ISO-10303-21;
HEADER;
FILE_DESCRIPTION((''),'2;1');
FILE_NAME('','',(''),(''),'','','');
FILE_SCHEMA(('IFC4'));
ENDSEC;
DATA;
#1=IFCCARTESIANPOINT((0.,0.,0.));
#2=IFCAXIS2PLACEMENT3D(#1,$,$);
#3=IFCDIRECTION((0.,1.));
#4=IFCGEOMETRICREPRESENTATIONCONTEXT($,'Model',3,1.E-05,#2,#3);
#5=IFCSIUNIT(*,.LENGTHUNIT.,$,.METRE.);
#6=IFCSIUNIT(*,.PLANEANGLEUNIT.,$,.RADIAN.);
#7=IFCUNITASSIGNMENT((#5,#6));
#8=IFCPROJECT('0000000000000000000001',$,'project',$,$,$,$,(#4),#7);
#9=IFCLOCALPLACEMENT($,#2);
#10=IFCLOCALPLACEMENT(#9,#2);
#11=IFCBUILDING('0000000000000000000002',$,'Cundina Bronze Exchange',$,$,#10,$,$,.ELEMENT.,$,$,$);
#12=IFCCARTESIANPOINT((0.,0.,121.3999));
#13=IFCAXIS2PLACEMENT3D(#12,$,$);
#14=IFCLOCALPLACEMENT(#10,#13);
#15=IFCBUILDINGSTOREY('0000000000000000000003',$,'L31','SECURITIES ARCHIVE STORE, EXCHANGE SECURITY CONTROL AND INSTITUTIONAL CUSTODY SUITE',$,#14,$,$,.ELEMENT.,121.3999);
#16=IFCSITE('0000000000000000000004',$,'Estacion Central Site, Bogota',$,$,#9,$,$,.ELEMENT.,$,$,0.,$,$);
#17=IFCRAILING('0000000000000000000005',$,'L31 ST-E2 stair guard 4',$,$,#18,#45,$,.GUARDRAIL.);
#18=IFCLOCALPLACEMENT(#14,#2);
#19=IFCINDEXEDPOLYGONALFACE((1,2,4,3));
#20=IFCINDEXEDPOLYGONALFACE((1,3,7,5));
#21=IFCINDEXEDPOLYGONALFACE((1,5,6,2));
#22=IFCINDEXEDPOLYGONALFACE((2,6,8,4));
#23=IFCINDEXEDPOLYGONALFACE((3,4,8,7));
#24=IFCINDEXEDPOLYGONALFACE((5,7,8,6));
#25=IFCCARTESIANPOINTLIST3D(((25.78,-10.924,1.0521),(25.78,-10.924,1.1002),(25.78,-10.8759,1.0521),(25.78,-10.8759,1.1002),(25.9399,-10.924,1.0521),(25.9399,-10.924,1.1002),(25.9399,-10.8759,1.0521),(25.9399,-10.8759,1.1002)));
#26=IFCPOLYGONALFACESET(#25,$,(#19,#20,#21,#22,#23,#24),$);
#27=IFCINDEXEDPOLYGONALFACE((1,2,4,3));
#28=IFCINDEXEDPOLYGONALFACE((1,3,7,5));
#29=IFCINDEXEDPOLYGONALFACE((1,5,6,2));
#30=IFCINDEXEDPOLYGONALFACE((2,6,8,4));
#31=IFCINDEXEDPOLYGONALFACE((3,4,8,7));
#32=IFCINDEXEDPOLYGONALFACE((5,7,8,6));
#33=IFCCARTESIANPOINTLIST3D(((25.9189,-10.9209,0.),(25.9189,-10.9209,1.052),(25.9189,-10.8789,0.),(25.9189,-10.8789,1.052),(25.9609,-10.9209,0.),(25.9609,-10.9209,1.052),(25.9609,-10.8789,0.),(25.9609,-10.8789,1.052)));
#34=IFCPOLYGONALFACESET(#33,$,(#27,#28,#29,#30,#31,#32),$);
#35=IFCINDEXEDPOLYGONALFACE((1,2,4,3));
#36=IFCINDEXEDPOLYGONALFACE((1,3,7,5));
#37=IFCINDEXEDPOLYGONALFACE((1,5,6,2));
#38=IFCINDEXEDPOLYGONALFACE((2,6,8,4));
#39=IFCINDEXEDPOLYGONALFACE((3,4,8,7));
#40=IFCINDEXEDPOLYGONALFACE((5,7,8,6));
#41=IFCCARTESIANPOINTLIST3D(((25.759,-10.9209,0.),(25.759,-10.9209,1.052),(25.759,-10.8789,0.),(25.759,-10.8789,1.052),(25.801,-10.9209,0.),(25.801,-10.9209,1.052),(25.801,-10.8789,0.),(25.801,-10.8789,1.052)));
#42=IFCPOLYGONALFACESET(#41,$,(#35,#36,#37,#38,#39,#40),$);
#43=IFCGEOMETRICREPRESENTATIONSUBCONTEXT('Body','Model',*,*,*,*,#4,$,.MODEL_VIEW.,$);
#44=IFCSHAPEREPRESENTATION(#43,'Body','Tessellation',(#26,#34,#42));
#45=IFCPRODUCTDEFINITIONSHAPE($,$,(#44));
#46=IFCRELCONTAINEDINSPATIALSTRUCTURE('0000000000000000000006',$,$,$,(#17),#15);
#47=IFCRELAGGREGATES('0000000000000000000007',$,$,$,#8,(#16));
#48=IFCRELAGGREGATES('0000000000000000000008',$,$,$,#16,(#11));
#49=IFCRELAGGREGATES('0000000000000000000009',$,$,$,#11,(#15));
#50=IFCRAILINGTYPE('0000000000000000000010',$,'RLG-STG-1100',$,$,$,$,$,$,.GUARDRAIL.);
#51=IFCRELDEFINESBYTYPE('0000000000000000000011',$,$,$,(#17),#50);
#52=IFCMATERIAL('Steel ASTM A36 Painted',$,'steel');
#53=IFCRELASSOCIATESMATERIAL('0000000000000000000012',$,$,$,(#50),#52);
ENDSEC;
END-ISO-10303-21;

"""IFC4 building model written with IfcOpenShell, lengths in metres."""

from ifc_helpers import new_model, si_unit, direction, frame, origin, origin_2d, place, context, subcontext, project, spatial, rectangle, extrude, material, type_object, element, save


model = new_model("IFC4")

# Units and contexts
model_context = context("Model", 3, precision=1e-05, world=origin(), true_north=direction((0.0, 1.0)))
body_context = subcontext(model_context, "Body", "Model", "MODEL_VIEW")
ifc_project = project(units=[si_unit("LENGTHUNIT", "METRE"), si_unit("PLANEANGLEUNIT", "RADIAN")], contexts=[model_context])

# Site, building, storey
site_placement = place(None, origin())
site = spatial("IfcSite", under=ifc_project, at=site_placement, Name="Estacion Central Site, Bogota", CompositionType="ELEMENT", RefElevation=0.0)
building_placement = place(site_placement, origin())
building = spatial("IfcBuilding", under=site, at=building_placement, Name="Cundina Bronze Exchange", CompositionType="ELEMENT")
storey_placement = place(building_placement, frame((0.0, 0.0, 121.3999)))
storey = spatial("IfcBuildingStorey", under=building, at=storey_placement, Name="L31", Description="SECURITIES ARCHIVE STORE, EXCHANGE SECURITY CONTROL AND INSTITUTIONAL CUSTODY SUITE", CompositionType="ELEMENT", Elevation=121.3999)

# Shared definitions
ifc_material_1 = material(Name="Steel ASTM A36 Painted", Category="steel")

# Railing
railing_type_1 = type_object("IfcRailingType", Name="RLG-STG-1100", PredefinedType="GUARDRAIL", material=ifc_material_1)
railing_1_placement = place(storey_placement, frame((25.9399, -10.8999, 0.0)))
element("IfcRailing", 1, at=railing_1_placement, inside=storey, type_object=railing_type_1, Name="L31 ST-E2 stair guard 4", PredefinedType="GUARDRAIL", context=body_context, shape_type="SweptSolid", body=[
    extrude(rectangle(XDim=0.0481, YDim=0.0481, at=origin_2d()), frame((0.0, 0.0, 1.0762), z_axis=(-1.0, 0.0, 0.0), x_axis=(0.0, -1.0, 0.0)), (0.0, 0.0, 1.0), 0.1599),
    extrude(rectangle(XDim=0.042, YDim=0.042, at=origin_2d()), origin(), (0.0, 0.0, 1.0), 1.052),
    extrude(rectangle(XDim=0.042, YDim=0.042, at=origin_2d()), frame((-0.1599, 0.0, 0.0)), (0.0, 0.0, 1.0), 1.052),
])

save(model, "model.ifc")
